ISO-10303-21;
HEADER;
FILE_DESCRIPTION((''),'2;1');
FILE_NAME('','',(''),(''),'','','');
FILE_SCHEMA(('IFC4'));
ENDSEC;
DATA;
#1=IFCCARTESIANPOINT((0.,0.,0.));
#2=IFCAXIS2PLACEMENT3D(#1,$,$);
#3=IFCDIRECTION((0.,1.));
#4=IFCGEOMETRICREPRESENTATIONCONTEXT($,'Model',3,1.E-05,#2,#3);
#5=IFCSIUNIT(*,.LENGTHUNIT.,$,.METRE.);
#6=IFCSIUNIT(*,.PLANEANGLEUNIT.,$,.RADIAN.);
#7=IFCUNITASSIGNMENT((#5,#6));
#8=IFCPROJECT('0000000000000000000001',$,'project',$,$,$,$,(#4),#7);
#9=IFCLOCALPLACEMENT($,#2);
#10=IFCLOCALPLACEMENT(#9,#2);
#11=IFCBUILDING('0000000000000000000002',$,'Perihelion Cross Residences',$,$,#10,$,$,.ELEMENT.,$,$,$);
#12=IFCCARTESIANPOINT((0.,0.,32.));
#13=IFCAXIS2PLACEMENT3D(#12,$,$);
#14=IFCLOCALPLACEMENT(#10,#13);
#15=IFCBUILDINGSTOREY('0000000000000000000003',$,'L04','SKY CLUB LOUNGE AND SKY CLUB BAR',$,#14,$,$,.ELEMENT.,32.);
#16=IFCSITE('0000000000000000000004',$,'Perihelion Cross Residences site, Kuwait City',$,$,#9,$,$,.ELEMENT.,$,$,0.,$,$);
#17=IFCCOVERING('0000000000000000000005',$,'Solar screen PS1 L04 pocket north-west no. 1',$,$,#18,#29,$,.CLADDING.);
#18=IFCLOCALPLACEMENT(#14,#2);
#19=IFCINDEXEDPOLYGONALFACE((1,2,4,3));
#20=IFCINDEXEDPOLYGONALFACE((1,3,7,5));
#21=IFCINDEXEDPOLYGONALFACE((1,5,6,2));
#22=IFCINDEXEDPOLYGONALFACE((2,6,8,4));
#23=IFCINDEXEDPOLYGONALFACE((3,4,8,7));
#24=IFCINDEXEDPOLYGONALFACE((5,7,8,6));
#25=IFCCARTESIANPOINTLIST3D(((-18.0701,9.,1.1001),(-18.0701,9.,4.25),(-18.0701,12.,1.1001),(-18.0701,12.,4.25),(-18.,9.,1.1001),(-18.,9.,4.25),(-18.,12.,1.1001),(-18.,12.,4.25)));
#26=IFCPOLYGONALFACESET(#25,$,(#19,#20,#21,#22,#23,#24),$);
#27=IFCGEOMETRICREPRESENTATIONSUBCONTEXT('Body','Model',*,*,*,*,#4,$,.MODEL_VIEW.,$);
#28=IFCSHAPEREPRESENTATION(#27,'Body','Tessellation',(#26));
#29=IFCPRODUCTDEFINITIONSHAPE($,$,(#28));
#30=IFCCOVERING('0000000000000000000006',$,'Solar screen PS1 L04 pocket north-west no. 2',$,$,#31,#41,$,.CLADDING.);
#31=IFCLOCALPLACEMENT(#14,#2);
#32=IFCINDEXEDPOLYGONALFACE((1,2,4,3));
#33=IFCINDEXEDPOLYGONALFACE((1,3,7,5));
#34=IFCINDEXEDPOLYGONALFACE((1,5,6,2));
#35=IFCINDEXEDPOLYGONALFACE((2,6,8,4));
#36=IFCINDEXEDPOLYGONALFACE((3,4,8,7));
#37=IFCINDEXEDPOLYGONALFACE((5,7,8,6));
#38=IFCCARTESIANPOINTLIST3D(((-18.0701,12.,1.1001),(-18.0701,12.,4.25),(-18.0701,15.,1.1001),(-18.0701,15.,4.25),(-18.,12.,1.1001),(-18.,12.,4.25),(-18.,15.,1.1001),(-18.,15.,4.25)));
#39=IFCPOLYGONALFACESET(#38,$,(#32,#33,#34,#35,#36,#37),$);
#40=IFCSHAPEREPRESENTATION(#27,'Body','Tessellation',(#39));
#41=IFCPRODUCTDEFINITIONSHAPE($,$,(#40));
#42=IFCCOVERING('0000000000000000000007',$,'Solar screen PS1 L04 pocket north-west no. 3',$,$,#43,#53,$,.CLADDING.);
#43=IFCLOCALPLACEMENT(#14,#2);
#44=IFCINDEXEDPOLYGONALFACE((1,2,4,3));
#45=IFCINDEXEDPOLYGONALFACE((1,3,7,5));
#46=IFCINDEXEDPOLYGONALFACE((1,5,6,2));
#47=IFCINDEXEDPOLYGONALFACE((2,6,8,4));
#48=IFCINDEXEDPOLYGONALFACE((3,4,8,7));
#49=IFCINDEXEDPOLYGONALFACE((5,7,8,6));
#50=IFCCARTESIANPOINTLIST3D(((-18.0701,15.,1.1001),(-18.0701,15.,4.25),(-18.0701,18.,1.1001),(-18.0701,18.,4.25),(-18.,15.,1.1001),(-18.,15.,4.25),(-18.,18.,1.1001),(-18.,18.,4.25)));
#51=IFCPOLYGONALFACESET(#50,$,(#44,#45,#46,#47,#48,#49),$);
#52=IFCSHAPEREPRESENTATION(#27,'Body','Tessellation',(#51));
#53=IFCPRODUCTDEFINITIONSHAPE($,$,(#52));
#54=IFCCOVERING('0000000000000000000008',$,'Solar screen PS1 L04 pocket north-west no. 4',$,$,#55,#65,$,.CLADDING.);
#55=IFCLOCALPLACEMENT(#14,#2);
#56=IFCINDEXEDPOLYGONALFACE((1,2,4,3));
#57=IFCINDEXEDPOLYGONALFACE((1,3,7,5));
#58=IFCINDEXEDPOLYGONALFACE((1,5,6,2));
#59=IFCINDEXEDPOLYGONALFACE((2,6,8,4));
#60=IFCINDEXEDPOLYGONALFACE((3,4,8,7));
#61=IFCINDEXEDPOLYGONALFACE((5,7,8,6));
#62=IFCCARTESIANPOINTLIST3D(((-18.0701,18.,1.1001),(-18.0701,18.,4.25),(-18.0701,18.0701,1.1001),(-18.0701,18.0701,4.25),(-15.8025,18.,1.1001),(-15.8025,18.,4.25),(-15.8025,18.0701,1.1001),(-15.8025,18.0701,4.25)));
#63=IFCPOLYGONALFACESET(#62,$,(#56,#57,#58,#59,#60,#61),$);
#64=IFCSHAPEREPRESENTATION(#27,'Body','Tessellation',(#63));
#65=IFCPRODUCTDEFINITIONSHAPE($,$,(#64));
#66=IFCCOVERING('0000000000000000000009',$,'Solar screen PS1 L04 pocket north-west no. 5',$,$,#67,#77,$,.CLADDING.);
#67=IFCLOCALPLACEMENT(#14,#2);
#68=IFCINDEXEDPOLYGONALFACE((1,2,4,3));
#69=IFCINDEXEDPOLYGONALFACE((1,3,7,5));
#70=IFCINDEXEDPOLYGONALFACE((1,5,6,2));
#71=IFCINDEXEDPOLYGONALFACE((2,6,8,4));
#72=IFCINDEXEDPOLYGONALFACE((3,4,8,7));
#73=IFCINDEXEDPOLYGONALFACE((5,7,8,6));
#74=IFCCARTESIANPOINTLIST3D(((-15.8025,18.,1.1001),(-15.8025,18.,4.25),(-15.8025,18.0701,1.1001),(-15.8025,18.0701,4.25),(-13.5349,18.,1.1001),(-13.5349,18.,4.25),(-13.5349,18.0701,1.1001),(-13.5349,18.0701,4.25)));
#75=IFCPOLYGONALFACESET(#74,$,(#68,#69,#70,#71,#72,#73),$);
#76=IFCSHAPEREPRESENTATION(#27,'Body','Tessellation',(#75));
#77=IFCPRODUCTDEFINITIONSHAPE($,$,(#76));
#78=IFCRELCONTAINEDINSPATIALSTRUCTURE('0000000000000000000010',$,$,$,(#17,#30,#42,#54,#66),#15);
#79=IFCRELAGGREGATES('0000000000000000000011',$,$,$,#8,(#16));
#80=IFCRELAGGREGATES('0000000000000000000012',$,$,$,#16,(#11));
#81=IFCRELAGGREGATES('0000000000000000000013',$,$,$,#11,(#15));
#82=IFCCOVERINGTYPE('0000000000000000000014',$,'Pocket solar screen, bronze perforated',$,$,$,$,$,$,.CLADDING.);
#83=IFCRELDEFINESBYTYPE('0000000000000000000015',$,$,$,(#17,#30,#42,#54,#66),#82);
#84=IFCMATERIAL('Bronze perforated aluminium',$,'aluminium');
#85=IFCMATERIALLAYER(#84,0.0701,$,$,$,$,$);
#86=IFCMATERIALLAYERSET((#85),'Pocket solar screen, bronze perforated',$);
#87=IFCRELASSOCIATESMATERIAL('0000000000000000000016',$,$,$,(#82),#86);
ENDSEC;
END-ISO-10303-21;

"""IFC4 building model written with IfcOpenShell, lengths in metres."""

from ifc_helpers import new_model, si_unit, direction, frame, origin, place, context, subcontext, project, spatial, polyline, outline, extrude, material, layer, layer_set, type_object, element, save


model = new_model("IFC4")

# Units and contexts
model_context = context("Model", 3, precision=1e-05, world=origin(), true_north=direction((0.0, 1.0)))
body_context = subcontext(model_context, "Body", "Model", "MODEL_VIEW")
ifc_project = project(units=[si_unit("LENGTHUNIT", "METRE"), si_unit("PLANEANGLEUNIT", "RADIAN")], contexts=[model_context])

# Site, building, storey
site_placement = place(None, origin())
site = spatial("IfcSite", under=ifc_project, at=site_placement, Name="Perihelion Cross Residences site, Kuwait City", CompositionType="ELEMENT", RefElevation=0.0)
building_placement = place(site_placement, origin())
building = spatial("IfcBuilding", under=site, at=building_placement, Name="Perihelion Cross Residences", CompositionType="ELEMENT")
storey_placement = place(building_placement, frame((0.0, 0.0, 32.0)))
storey = spatial("IfcBuildingStorey", under=building, at=storey_placement, Name="L04", Description="SKY CLUB LOUNGE AND SKY CLUB BAR", CompositionType="ELEMENT", Elevation=32.0)

# Coverings
ifc_material_1 = material(Name="Bronze perforated aluminium", Category="aluminium")
ifc_layer_1 = layer(ifc_material_1, 0.0701)
ifc_layer_set_1 = layer_set([ifc_layer_1], Name="Pocket solar screen, bronze perforated")
covering_type_1 = type_object("IfcCoveringType", Name="Pocket solar screen, bronze perforated", PredefinedType="CLADDING", material=ifc_layer_set_1)
covering_1_placement = place(storey_placement, frame((0.0, 0.0, 1.1001)))
element("IfcCovering", 1, at=covering_1_placement, inside=storey, type_object=covering_type_1, Name="Solar screen PS1 L04 pocket north-west no. 1", PredefinedType="CLADDING", context=body_context, shape_type="SweptSolid", body=[
    extrude(outline(polyline([(-18.0, 9.0), (-18.0, 12.0), (-18.0701, 12.0), (-18.0701, 9.0), (-18.0, 9.0)])), origin(), (0.0, 0.0, 1.0), 3.1499),
])
covering_2_placement = place(storey_placement, frame((0.0, 0.0, 1.1001)))
element("IfcCovering", 2, at=covering_2_placement, inside=storey, type_object=covering_type_1, Name="Solar screen PS1 L04 pocket north-west no. 2", PredefinedType="CLADDING", context=body_context, shape_type="SweptSolid", body=[
    extrude(outline(polyline([(-18.0, 12.0), (-18.0, 15.0), (-18.0701, 15.0), (-18.0701, 12.0), (-18.0, 12.0)])), origin(), (0.0, 0.0, 1.0), 3.1499),
])
covering_3_placement = place(storey_placement, frame((0.0, 0.0, 1.1001)))
element("IfcCovering", 3, at=covering_3_placement, inside=storey, type_object=covering_type_1, Name="Solar screen PS1 L04 pocket north-west no. 3", PredefinedType="CLADDING", context=body_context, shape_type="SweptSolid", body=[
    extrude(outline(polyline([(-18.0, 15.0), (-18.0, 18.0), (-18.0701, 18.0), (-18.0701, 15.0), (-18.0, 15.0)])), origin(), (0.0, 0.0, 1.0), 3.1499),
])
covering_4_placement = place(storey_placement, frame((0.0, 0.0, 1.1001)))
element("IfcCovering", 4, at=covering_4_placement, inside=storey, type_object=covering_type_1, Name="Solar screen PS1 L04 pocket north-west no. 4", PredefinedType="CLADDING", context=body_context, shape_type="SweptSolid", body=[
    extrude(outline(polyline([(-15.8025, 18.0), (-15.8025, 18.0701), (-18.0701, 18.0701), (-18.0701, 18.0), (-15.8025, 18.0)])), origin(), (0.0, 0.0, 1.0), 3.1499),
])
covering_5_placement = place(storey_placement, frame((0.0, 0.0, 1.1001)))
element("IfcCovering", 5, at=covering_5_placement, inside=storey, type_object=covering_type_1, Name="Solar screen PS1 L04 pocket north-west no. 5", PredefinedType="CLADDING", context=body_context, shape_type="SweptSolid", body=[
    extrude(outline(polyline([(-13.5349, 18.0), (-13.5349, 18.0701), (-15.8025, 18.0701), (-15.8025, 18.0), (-13.5349, 18.0)])), origin(), (0.0, 0.0, 1.0), 3.1499),
])

save(model, "model.ifc")
